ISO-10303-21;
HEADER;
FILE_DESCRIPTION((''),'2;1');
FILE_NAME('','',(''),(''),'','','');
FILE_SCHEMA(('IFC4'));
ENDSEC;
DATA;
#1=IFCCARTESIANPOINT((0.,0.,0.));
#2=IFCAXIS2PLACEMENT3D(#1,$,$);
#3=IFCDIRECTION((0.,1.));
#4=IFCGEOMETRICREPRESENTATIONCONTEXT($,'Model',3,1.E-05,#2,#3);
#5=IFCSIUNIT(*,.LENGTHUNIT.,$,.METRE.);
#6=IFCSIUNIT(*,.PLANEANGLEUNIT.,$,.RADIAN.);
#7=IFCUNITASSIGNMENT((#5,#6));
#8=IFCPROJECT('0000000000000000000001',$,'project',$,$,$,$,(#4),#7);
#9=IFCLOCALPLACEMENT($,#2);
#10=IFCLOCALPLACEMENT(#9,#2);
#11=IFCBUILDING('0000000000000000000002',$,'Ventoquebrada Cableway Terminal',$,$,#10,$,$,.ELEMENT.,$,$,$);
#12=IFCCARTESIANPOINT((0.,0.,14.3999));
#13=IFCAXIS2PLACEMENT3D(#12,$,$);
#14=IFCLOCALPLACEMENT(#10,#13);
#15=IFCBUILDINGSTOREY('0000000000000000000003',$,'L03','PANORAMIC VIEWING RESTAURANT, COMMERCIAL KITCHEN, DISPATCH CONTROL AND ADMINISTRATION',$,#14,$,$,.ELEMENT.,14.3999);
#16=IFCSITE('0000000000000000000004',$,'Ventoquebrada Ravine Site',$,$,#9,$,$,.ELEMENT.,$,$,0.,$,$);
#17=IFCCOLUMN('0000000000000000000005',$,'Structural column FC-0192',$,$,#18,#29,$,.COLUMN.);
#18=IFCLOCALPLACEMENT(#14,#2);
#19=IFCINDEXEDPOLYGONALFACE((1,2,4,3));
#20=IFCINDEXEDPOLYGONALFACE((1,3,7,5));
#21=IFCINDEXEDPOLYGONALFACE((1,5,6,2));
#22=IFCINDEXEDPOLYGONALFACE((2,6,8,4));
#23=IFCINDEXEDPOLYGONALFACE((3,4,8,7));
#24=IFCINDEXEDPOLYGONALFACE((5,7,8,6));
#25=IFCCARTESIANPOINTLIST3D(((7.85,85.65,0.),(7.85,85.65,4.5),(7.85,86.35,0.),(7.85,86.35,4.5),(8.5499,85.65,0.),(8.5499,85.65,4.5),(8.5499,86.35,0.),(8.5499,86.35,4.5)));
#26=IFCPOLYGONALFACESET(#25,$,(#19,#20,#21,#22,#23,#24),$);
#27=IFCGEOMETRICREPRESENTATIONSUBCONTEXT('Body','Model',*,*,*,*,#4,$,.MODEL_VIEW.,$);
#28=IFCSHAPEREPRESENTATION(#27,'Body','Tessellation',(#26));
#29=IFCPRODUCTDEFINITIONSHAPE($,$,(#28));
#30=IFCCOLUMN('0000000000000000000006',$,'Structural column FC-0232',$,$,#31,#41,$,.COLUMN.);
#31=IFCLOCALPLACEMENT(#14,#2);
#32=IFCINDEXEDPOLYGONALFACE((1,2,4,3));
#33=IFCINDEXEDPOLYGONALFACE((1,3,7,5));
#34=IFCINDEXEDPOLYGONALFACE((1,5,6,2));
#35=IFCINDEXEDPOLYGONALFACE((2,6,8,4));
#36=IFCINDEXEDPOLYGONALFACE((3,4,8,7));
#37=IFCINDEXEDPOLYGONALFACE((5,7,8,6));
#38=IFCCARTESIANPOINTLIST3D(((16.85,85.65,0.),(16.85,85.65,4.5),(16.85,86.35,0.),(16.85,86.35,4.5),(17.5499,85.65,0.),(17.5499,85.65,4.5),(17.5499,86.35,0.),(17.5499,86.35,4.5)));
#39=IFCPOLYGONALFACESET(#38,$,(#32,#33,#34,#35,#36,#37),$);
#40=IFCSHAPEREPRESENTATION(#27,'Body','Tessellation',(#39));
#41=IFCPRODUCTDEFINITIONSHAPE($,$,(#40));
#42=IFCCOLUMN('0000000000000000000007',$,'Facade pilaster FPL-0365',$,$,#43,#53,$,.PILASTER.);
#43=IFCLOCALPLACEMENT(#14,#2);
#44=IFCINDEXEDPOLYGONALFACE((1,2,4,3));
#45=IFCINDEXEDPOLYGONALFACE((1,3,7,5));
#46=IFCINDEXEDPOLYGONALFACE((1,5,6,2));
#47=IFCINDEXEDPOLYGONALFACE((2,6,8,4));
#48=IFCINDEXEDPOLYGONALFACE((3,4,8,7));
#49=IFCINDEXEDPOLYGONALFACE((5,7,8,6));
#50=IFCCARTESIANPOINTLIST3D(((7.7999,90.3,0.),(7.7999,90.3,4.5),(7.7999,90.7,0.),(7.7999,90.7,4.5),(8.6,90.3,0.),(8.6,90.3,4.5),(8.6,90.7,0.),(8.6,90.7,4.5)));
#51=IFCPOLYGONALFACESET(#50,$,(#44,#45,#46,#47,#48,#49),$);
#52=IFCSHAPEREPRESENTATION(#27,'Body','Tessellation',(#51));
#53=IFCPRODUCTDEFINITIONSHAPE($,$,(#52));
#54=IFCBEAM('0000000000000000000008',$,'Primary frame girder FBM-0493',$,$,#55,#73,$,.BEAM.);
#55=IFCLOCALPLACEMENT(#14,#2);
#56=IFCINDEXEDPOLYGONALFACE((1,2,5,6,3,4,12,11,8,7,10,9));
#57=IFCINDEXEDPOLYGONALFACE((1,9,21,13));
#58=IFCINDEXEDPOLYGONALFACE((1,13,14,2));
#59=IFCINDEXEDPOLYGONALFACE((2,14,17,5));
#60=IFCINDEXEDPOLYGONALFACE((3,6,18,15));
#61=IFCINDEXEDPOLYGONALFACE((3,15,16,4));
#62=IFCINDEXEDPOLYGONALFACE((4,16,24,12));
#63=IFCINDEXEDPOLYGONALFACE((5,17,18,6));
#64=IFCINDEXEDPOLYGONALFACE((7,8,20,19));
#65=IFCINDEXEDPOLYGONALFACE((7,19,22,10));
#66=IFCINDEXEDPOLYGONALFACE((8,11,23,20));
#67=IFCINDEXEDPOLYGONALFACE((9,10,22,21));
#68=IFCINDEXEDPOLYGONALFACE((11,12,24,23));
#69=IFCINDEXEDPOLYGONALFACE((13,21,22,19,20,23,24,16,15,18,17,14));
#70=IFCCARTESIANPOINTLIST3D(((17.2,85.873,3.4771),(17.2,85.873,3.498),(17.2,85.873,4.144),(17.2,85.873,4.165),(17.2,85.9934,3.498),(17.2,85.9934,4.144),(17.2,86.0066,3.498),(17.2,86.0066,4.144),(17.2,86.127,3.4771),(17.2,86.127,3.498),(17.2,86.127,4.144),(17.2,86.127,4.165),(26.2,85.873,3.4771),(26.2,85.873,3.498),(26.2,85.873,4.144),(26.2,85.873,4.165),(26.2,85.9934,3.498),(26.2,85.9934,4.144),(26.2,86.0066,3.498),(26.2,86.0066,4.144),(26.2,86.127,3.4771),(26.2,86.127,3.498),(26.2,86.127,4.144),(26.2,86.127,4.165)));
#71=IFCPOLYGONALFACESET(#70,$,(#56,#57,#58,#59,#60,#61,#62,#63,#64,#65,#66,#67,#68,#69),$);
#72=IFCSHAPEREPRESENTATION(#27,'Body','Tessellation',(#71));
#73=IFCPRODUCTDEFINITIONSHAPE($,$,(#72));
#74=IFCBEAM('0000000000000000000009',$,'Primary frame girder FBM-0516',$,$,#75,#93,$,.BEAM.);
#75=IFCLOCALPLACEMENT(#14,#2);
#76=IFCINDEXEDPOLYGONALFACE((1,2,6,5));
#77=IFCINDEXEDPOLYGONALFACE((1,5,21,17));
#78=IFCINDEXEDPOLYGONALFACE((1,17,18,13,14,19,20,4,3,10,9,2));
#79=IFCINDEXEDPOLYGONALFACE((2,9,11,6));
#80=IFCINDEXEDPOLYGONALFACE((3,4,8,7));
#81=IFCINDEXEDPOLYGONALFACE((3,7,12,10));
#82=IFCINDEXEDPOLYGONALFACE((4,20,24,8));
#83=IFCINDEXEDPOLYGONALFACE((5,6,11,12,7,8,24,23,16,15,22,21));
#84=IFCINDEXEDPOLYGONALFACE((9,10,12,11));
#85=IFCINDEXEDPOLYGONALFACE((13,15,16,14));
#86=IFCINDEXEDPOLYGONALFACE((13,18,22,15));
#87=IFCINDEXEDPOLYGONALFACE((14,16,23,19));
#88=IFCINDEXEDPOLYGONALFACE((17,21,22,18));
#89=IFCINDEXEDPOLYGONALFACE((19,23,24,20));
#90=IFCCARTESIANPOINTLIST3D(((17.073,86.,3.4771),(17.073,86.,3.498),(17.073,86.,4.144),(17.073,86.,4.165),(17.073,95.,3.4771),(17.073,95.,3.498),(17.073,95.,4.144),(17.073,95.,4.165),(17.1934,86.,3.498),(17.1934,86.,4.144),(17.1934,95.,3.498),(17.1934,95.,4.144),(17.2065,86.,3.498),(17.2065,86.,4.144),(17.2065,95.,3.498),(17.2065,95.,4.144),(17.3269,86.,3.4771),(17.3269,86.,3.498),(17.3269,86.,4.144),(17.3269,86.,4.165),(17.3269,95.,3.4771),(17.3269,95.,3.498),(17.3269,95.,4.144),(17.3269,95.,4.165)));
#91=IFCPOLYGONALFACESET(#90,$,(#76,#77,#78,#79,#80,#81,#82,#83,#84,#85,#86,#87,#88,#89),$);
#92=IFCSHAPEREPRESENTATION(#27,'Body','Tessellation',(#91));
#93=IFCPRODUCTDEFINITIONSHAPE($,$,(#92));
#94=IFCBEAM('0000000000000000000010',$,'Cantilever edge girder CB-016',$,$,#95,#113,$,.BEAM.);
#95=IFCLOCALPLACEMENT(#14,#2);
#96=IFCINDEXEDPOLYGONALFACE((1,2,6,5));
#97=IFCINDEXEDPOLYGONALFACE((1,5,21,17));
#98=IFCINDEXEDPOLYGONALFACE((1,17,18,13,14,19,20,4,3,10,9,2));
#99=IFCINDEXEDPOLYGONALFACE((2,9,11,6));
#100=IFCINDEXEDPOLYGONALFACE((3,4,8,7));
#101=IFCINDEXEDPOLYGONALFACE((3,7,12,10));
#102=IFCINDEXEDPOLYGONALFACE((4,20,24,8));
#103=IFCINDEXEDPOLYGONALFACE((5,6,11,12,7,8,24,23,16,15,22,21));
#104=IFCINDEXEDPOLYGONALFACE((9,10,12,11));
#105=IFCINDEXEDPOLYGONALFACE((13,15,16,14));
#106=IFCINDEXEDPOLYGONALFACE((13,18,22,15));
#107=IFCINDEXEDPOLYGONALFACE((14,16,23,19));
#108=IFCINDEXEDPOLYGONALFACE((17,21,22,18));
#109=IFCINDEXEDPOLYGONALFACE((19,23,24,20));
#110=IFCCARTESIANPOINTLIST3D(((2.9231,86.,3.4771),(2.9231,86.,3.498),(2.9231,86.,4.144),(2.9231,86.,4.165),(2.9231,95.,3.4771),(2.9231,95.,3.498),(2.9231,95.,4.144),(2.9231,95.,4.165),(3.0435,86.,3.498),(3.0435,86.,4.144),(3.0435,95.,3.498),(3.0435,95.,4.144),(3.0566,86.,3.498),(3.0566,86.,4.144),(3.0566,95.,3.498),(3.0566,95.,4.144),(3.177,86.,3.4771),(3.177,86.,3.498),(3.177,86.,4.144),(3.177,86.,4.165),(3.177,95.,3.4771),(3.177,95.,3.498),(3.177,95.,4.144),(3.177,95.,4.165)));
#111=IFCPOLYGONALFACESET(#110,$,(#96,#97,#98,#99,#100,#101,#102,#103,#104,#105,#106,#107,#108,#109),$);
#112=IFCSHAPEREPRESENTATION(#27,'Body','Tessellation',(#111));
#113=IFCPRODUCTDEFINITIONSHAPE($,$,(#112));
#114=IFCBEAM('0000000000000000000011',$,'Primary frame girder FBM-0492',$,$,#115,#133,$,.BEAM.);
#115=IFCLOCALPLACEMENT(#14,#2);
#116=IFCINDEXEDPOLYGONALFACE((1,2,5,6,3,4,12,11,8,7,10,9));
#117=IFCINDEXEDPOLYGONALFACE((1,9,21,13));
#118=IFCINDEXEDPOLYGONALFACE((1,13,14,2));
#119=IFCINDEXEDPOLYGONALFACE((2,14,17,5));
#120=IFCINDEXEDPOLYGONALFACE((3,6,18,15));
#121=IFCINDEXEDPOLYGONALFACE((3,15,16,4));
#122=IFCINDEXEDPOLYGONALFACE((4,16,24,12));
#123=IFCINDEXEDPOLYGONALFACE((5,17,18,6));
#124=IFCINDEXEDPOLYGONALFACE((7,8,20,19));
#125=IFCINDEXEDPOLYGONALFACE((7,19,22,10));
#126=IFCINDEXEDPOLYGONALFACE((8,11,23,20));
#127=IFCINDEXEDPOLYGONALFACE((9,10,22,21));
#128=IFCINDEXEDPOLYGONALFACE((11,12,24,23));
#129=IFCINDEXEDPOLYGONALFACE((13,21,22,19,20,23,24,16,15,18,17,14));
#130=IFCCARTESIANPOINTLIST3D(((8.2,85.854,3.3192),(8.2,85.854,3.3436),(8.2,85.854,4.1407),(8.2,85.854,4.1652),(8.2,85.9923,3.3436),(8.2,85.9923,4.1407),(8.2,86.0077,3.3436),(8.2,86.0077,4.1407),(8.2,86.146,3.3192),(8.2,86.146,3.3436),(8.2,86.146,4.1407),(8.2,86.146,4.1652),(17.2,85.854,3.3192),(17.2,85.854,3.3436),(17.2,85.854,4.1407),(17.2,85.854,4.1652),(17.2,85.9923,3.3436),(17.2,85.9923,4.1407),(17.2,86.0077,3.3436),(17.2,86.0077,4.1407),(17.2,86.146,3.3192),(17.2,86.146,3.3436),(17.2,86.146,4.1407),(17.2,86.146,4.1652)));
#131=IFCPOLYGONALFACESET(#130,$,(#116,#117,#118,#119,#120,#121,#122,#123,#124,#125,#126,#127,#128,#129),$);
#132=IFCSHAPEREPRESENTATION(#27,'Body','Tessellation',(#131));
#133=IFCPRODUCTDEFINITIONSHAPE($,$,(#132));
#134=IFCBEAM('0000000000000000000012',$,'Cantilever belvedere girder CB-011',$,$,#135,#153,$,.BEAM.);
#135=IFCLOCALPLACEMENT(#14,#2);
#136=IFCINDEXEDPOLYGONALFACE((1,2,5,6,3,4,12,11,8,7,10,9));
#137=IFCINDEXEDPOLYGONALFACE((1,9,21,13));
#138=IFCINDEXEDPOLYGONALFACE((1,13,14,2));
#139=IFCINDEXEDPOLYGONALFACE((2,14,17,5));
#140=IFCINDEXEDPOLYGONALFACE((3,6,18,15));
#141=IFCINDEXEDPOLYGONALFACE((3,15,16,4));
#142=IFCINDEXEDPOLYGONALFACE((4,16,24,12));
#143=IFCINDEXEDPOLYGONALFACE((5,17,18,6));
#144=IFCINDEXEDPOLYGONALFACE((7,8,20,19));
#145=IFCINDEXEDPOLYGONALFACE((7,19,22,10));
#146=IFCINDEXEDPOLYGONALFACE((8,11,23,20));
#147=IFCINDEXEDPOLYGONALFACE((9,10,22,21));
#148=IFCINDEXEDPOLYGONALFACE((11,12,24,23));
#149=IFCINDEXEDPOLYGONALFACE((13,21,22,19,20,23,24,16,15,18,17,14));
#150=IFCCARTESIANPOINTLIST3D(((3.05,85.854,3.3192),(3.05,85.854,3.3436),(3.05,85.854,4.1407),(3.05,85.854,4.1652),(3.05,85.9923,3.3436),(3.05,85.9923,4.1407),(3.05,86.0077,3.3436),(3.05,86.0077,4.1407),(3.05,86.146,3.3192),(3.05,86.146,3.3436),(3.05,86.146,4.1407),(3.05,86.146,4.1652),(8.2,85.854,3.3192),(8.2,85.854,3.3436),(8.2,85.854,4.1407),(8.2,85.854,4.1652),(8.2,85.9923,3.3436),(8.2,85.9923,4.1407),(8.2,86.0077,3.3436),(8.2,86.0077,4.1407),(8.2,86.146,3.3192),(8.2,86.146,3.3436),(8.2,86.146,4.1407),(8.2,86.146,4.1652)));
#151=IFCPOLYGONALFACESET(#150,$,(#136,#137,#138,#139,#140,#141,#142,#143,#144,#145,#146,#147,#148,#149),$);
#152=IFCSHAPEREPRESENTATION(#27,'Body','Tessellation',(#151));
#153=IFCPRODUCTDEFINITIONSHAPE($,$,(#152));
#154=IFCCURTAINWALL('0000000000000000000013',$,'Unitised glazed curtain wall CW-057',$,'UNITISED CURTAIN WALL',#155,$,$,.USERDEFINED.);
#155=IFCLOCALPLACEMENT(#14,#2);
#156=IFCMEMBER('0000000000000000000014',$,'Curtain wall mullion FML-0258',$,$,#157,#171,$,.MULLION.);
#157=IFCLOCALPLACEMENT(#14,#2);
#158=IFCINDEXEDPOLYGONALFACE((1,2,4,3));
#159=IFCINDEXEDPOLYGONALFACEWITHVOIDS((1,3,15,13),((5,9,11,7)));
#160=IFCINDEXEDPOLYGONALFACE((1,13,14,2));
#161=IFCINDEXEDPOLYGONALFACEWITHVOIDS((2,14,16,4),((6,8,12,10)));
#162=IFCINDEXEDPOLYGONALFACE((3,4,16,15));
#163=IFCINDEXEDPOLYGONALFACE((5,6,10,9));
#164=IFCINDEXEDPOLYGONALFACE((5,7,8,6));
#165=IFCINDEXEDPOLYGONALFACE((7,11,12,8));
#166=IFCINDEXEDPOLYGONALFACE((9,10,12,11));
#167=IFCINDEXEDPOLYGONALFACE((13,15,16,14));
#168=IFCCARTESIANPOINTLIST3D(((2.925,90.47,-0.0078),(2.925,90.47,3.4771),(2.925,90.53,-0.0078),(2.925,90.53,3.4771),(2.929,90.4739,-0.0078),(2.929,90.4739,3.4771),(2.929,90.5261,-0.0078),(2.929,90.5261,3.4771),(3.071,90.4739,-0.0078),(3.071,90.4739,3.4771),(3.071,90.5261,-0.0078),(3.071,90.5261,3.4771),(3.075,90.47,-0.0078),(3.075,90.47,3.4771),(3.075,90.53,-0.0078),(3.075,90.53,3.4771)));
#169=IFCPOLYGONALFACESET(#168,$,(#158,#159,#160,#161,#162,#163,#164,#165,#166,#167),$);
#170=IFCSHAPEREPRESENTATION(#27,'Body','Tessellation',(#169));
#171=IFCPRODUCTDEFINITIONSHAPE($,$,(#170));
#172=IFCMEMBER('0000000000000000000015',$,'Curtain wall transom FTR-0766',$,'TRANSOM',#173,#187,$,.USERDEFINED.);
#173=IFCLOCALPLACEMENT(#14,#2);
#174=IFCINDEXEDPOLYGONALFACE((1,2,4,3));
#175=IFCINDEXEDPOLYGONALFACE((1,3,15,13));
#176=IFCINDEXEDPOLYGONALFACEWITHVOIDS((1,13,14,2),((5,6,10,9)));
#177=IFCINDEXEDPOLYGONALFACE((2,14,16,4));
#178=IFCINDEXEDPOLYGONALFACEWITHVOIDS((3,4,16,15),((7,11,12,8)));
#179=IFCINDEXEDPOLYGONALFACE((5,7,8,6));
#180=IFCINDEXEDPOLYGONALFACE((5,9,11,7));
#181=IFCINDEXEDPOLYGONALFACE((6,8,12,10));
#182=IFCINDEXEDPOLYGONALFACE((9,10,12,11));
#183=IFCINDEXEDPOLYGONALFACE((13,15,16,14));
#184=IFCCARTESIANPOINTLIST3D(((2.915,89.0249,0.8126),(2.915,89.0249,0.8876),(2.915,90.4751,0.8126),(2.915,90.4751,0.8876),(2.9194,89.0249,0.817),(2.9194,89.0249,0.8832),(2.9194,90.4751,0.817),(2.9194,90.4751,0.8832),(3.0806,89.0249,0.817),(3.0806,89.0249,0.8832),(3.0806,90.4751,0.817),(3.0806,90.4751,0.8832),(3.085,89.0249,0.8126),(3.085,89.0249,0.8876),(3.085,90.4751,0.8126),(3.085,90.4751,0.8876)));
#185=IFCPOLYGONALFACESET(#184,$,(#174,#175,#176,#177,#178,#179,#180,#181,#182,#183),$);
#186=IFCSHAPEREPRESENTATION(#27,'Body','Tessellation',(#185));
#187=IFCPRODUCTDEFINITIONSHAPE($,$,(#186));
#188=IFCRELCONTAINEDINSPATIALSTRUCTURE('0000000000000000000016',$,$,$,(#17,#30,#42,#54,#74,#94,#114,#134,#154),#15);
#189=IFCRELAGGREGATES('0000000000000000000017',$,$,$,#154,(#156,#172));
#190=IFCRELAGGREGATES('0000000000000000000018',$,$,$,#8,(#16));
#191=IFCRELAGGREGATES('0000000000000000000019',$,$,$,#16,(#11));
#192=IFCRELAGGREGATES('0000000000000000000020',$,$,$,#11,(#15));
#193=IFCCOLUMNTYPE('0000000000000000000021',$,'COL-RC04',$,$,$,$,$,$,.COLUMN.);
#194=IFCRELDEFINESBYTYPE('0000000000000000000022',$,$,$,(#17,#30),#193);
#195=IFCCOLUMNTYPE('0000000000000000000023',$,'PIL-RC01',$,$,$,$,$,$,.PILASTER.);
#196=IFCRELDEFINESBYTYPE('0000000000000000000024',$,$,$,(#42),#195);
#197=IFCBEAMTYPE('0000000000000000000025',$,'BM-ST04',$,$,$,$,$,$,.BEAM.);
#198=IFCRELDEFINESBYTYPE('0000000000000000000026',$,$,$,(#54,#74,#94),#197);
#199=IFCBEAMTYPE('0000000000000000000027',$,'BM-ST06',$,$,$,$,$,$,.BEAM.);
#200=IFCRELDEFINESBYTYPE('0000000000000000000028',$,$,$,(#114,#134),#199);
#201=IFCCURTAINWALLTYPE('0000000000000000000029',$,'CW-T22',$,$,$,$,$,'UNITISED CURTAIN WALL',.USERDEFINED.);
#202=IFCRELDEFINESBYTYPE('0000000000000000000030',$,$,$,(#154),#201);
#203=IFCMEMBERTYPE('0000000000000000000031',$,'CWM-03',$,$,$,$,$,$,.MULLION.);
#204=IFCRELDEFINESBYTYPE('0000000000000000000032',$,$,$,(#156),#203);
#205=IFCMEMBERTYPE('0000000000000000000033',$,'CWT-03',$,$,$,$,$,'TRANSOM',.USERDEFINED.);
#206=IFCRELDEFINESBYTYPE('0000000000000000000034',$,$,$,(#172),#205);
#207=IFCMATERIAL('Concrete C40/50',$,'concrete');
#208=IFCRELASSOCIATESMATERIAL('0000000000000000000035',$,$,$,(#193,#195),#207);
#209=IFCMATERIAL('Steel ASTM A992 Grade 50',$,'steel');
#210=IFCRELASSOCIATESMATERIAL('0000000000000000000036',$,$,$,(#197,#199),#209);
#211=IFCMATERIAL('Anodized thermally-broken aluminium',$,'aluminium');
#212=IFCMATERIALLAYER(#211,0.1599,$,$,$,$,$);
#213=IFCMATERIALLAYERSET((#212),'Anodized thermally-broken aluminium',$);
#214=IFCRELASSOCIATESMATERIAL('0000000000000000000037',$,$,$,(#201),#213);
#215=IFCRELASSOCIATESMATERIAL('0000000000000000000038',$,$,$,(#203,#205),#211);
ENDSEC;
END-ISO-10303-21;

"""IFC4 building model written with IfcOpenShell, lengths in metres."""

from ifc_helpers import new_model, si_unit, direction, frame, origin, origin_2d, place, context, subcontext, project, spatial, rectangle, hollow_rectangle, i_section, extrude, material, layer, layer_set, material_profile, profile_set, type_object, element, aggregate, save


model = new_model("IFC4")

# Units and contexts
model_context = context("Model", 3, precision=1e-05, world=origin(), true_north=direction((0.0, 1.0)))
body_context = subcontext(model_context, "Body", "Model", "MODEL_VIEW")
ifc_project = project(units=[si_unit("LENGTHUNIT", "METRE"), si_unit("PLANEANGLEUNIT", "RADIAN")], contexts=[model_context])

# Site, building, storey
site_placement = place(None, origin())
site = spatial("IfcSite", under=ifc_project, at=site_placement, Name="Ventoquebrada Ravine Site", CompositionType="ELEMENT", RefElevation=0.0)
building_placement = place(site_placement, origin())
building = spatial("IfcBuilding", under=site, at=building_placement, Name="Ventoquebrada Cableway Terminal", CompositionType="ELEMENT")
storey_placement = place(building_placement, frame((0.0, 0.0, 14.3999)))
storey = spatial("IfcBuildingStorey", under=building, at=storey_placement, Name="L03", Description="PANORAMIC VIEWING RESTAURANT, COMMERCIAL KITCHEN, DISPATCH CONTROL AND ADMINISTRATION", CompositionType="ELEMENT", Elevation=14.3999)

# Columns
ifc_material_1 = material(Name="Concrete C40/50", Category="concrete")
ifc_material_profile_1 = material_profile(ifc_material_1, rectangle(XDim=0.7, YDim=0.7, at=origin_2d()), Name="RC-COL-700X700")
ifc_profile_set_1 = profile_set([ifc_material_profile_1], Name="Concrete C40/50")
column_type_1 = type_object("IfcColumnType", Name="COL-RC04", PredefinedType="COLUMN", material=ifc_profile_set_1)
for number, where, z_axis, x_axis, name in (
    (1, (8.2, 86.0, 0.0), (0.0, 0.0, 1.0), (1.0, 0.0, 0.0), "Structural column FC-0192"),
    (2, (17.2, 86.0, 0.0), (0.0, 0.0, 1.0), (1.0, 0.0, 0.0), "Structural column FC-0232"),
):
    element("IfcColumn", number, at=place(storey_placement, frame(where, z_axis=z_axis, x_axis=x_axis)), inside=storey, type_object=column_type_1, Name=name, PredefinedType="COLUMN", context=body_context, shape_type="SweptSolid", body=[
        extrude(rectangle(XDim=0.7, YDim=0.7, at=origin_2d()), origin(), (0.0, 0.0, 1.0), 4.5),
    ])
ifc_material_profile_2 = material_profile(ifc_material_1, rectangle(XDim=0.3999, YDim=0.8, at=origin_2d()), Name="RC-PIL-400X800")
ifc_profile_set_2 = profile_set([ifc_material_profile_2], Name="Concrete C40/50")
column_type_2 = type_object("IfcColumnType", Name="PIL-RC01", PredefinedType="PILASTER", material=ifc_profile_set_2)
column_placement = place(storey_placement, frame((8.2, 90.5, 0.0), z_axis=(0.0, 0.0, 1.0), x_axis=(0.0, 1.0, 0.0)))
element("IfcColumn", 3, at=column_placement, inside=storey, type_object=column_type_2, Name="Facade pilaster FPL-0365", PredefinedType="PILASTER", context=body_context, shape_type="SweptSolid", body=[
    extrude(rectangle(XDim=0.3999, YDim=0.8, at=origin_2d()), origin(), (0.0, 0.0, 1.0), 4.5),
])

# Beams
ifc_material_2 = material(Name="Steel ASTM A992 Grade 50", Category="steel")
ifc_material_profile_3 = material_profile(ifc_material_2, i_section(OverallWidth=0.2539, OverallDepth=0.688, WebThickness=0.0132, FlangeThickness=0.021, at=origin_2d()), Name="W27X102")
ifc_profile_set_3 = profile_set([ifc_material_profile_3], Name="Steel ASTM A992 Grade 50")
beam_type_1 = type_object("IfcBeamType", Name="BM-ST04", PredefinedType="BEAM", material=ifc_profile_set_3)
for number, where, z_axis, x_axis, name in (
    (4, (17.2, 86.0, 3.821), (1.0, 0.0, 0.0), (0.0, 1.0, 0.0), "Primary frame girder FBM-0493"),
    (5, (17.2, 86.0, 3.821), (0.0, 1.0, 0.0), (-1.0, 0.0, 0.0), "Primary frame girder FBM-0516"),
    (6, (3.05, 86.0, 3.821), (0.0, 1.0, 0.0), (-1.0, 0.0, 0.0), "Cantilever edge girder CB-016"),
):
    element("IfcBeam", number, at=place(storey_placement, frame(where, z_axis=z_axis, x_axis=x_axis)), inside=storey, type_object=beam_type_1, Name=name, PredefinedType="BEAM", context=body_context, shape_type="SweptSolid", body=[
        extrude(i_section(OverallWidth=0.2539, OverallDepth=0.688, WebThickness=0.0132, FlangeThickness=0.021, at=origin_2d()), origin(), (0.0, 0.0, 1.0), 9.0),
    ])
ifc_material_profile_4 = material_profile(ifc_material_2, i_section(OverallWidth=0.292, OverallDepth=0.8459, WebThickness=0.0154, FlangeThickness=0.0244, at=origin_2d()), Name="W33X141")
ifc_profile_set_4 = profile_set([ifc_material_profile_4], Name="Steel ASTM A992 Grade 50")
beam_type_2 = type_object("IfcBeamType", Name="BM-ST06", PredefinedType="BEAM", material=ifc_profile_set_4)
beam_1_placement = place(storey_placement, frame((8.2, 86.0, 3.7422), z_axis=(1.0, 0.0, 0.0), x_axis=(0.0, 1.0, 0.0)))
element("IfcBeam", 7, at=beam_1_placement, inside=storey, type_object=beam_type_2, Name="Primary frame girder FBM-0492", PredefinedType="BEAM", context=body_context, shape_type="SweptSolid", body=[
    extrude(i_section(OverallWidth=0.292, OverallDepth=0.8459, WebThickness=0.0154, FlangeThickness=0.0244, at=origin_2d()), origin(), (0.0, 0.0, 1.0), 9.0),
])
beam_2_placement = place(storey_placement, frame((3.05, 86.0, 3.7422), z_axis=(1.0, 0.0, 0.0), x_axis=(0.0, 1.0, 0.0)))
element("IfcBeam", 8, at=beam_2_placement, inside=storey, type_object=beam_type_2, Name="Cantilever belvedere girder CB-011", PredefinedType="BEAM", context=body_context, shape_type="SweptSolid", body=[
    extrude(i_section(OverallWidth=0.292, OverallDepth=0.8459, WebThickness=0.0154, FlangeThickness=0.0244, at=origin_2d()), origin(), (0.0, 0.0, 1.0), 5.1499),
])

# Curtain wall, members
ifc_material_3 = material(Name="Anodized thermally-broken aluminium", Category="aluminium")
ifc_layer_1 = layer(ifc_material_3, 0.1599)
ifc_layer_set_1 = layer_set([ifc_layer_1], Name="Anodized thermally-broken aluminium")
curtain_wall_type = type_object("IfcCurtainWallType", Name="CW-T22", ElementType="UNITISED CURTAIN WALL", PredefinedType="USERDEFINED", material=ifc_layer_set_1)
curtain_wall_placement = place(storey_placement, origin())
curtain_wall = element("IfcCurtainWall", 9, at=curtain_wall_placement, inside=storey, type_object=curtain_wall_type, Name="Unitised glazed curtain wall CW-057", ObjectType="UNITISED CURTAIN WALL", PredefinedType="USERDEFINED")
ifc_material_profile_5 = material_profile(ifc_material_3, hollow_rectangle(XDim=0.0601, YDim=0.1499, WallThickness=0.0039, at=origin_2d()), Name="CW-MUL-60X150")
ifc_profile_set_5 = profile_set([ifc_material_profile_5], Name="Anodized thermally-broken aluminium")
member_type_1 = type_object("IfcMemberType", Name="CWM-03", PredefinedType="MULLION", material=ifc_profile_set_5)
member_1_placement = place(storey_placement, frame((3.0, 90.5, -0.0078), z_axis=(0.0, 0.0, 1.0), x_axis=(0.0, -1.0, 0.0)))
member_1 = element("IfcMember", 10, at=member_1_placement, type_object=member_type_1, Name="Curtain wall mullion FML-0258", PredefinedType="MULLION", context=body_context, shape_type="SweptSolid", body=[
    extrude(hollow_rectangle(XDim=0.0601, YDim=0.1499, WallThickness=0.0039, at=origin_2d()), origin(), (0.0, 0.0, 1.0), 3.4849),
])
ifc_material_profile_6 = material_profile(ifc_material_3, hollow_rectangle(XDim=0.075, YDim=0.1699, WallThickness=0.0044, at=origin_2d()), Name="CW-TRN-75X170")
ifc_profile_set_6 = profile_set([ifc_material_profile_6], Name="Anodized thermally-broken aluminium")
member_type_2 = type_object("IfcMemberType", Name="CWT-03", ElementType="TRANSOM", PredefinedType="USERDEFINED", material=ifc_profile_set_6)
member_2_placement = place(storey_placement, frame((3.0, 90.4751, 0.8501), z_axis=(0.0, -1.0, 0.0), x_axis=(0.0, 0.0, 1.0)))
member_2 = element("IfcMember", 11, at=member_2_placement, type_object=member_type_2, Name="Curtain wall transom FTR-0766", ObjectType="TRANSOM", PredefinedType="USERDEFINED", context=body_context, shape_type="SweptSolid", body=[
    extrude(hollow_rectangle(XDim=0.075, YDim=0.1699, WallThickness=0.0044, at=origin_2d()), origin(), (0.0, 0.0, 1.0), 1.4502),
])
aggregate(curtain_wall, [member_1, member_2])

save(model, "model.ifc")
